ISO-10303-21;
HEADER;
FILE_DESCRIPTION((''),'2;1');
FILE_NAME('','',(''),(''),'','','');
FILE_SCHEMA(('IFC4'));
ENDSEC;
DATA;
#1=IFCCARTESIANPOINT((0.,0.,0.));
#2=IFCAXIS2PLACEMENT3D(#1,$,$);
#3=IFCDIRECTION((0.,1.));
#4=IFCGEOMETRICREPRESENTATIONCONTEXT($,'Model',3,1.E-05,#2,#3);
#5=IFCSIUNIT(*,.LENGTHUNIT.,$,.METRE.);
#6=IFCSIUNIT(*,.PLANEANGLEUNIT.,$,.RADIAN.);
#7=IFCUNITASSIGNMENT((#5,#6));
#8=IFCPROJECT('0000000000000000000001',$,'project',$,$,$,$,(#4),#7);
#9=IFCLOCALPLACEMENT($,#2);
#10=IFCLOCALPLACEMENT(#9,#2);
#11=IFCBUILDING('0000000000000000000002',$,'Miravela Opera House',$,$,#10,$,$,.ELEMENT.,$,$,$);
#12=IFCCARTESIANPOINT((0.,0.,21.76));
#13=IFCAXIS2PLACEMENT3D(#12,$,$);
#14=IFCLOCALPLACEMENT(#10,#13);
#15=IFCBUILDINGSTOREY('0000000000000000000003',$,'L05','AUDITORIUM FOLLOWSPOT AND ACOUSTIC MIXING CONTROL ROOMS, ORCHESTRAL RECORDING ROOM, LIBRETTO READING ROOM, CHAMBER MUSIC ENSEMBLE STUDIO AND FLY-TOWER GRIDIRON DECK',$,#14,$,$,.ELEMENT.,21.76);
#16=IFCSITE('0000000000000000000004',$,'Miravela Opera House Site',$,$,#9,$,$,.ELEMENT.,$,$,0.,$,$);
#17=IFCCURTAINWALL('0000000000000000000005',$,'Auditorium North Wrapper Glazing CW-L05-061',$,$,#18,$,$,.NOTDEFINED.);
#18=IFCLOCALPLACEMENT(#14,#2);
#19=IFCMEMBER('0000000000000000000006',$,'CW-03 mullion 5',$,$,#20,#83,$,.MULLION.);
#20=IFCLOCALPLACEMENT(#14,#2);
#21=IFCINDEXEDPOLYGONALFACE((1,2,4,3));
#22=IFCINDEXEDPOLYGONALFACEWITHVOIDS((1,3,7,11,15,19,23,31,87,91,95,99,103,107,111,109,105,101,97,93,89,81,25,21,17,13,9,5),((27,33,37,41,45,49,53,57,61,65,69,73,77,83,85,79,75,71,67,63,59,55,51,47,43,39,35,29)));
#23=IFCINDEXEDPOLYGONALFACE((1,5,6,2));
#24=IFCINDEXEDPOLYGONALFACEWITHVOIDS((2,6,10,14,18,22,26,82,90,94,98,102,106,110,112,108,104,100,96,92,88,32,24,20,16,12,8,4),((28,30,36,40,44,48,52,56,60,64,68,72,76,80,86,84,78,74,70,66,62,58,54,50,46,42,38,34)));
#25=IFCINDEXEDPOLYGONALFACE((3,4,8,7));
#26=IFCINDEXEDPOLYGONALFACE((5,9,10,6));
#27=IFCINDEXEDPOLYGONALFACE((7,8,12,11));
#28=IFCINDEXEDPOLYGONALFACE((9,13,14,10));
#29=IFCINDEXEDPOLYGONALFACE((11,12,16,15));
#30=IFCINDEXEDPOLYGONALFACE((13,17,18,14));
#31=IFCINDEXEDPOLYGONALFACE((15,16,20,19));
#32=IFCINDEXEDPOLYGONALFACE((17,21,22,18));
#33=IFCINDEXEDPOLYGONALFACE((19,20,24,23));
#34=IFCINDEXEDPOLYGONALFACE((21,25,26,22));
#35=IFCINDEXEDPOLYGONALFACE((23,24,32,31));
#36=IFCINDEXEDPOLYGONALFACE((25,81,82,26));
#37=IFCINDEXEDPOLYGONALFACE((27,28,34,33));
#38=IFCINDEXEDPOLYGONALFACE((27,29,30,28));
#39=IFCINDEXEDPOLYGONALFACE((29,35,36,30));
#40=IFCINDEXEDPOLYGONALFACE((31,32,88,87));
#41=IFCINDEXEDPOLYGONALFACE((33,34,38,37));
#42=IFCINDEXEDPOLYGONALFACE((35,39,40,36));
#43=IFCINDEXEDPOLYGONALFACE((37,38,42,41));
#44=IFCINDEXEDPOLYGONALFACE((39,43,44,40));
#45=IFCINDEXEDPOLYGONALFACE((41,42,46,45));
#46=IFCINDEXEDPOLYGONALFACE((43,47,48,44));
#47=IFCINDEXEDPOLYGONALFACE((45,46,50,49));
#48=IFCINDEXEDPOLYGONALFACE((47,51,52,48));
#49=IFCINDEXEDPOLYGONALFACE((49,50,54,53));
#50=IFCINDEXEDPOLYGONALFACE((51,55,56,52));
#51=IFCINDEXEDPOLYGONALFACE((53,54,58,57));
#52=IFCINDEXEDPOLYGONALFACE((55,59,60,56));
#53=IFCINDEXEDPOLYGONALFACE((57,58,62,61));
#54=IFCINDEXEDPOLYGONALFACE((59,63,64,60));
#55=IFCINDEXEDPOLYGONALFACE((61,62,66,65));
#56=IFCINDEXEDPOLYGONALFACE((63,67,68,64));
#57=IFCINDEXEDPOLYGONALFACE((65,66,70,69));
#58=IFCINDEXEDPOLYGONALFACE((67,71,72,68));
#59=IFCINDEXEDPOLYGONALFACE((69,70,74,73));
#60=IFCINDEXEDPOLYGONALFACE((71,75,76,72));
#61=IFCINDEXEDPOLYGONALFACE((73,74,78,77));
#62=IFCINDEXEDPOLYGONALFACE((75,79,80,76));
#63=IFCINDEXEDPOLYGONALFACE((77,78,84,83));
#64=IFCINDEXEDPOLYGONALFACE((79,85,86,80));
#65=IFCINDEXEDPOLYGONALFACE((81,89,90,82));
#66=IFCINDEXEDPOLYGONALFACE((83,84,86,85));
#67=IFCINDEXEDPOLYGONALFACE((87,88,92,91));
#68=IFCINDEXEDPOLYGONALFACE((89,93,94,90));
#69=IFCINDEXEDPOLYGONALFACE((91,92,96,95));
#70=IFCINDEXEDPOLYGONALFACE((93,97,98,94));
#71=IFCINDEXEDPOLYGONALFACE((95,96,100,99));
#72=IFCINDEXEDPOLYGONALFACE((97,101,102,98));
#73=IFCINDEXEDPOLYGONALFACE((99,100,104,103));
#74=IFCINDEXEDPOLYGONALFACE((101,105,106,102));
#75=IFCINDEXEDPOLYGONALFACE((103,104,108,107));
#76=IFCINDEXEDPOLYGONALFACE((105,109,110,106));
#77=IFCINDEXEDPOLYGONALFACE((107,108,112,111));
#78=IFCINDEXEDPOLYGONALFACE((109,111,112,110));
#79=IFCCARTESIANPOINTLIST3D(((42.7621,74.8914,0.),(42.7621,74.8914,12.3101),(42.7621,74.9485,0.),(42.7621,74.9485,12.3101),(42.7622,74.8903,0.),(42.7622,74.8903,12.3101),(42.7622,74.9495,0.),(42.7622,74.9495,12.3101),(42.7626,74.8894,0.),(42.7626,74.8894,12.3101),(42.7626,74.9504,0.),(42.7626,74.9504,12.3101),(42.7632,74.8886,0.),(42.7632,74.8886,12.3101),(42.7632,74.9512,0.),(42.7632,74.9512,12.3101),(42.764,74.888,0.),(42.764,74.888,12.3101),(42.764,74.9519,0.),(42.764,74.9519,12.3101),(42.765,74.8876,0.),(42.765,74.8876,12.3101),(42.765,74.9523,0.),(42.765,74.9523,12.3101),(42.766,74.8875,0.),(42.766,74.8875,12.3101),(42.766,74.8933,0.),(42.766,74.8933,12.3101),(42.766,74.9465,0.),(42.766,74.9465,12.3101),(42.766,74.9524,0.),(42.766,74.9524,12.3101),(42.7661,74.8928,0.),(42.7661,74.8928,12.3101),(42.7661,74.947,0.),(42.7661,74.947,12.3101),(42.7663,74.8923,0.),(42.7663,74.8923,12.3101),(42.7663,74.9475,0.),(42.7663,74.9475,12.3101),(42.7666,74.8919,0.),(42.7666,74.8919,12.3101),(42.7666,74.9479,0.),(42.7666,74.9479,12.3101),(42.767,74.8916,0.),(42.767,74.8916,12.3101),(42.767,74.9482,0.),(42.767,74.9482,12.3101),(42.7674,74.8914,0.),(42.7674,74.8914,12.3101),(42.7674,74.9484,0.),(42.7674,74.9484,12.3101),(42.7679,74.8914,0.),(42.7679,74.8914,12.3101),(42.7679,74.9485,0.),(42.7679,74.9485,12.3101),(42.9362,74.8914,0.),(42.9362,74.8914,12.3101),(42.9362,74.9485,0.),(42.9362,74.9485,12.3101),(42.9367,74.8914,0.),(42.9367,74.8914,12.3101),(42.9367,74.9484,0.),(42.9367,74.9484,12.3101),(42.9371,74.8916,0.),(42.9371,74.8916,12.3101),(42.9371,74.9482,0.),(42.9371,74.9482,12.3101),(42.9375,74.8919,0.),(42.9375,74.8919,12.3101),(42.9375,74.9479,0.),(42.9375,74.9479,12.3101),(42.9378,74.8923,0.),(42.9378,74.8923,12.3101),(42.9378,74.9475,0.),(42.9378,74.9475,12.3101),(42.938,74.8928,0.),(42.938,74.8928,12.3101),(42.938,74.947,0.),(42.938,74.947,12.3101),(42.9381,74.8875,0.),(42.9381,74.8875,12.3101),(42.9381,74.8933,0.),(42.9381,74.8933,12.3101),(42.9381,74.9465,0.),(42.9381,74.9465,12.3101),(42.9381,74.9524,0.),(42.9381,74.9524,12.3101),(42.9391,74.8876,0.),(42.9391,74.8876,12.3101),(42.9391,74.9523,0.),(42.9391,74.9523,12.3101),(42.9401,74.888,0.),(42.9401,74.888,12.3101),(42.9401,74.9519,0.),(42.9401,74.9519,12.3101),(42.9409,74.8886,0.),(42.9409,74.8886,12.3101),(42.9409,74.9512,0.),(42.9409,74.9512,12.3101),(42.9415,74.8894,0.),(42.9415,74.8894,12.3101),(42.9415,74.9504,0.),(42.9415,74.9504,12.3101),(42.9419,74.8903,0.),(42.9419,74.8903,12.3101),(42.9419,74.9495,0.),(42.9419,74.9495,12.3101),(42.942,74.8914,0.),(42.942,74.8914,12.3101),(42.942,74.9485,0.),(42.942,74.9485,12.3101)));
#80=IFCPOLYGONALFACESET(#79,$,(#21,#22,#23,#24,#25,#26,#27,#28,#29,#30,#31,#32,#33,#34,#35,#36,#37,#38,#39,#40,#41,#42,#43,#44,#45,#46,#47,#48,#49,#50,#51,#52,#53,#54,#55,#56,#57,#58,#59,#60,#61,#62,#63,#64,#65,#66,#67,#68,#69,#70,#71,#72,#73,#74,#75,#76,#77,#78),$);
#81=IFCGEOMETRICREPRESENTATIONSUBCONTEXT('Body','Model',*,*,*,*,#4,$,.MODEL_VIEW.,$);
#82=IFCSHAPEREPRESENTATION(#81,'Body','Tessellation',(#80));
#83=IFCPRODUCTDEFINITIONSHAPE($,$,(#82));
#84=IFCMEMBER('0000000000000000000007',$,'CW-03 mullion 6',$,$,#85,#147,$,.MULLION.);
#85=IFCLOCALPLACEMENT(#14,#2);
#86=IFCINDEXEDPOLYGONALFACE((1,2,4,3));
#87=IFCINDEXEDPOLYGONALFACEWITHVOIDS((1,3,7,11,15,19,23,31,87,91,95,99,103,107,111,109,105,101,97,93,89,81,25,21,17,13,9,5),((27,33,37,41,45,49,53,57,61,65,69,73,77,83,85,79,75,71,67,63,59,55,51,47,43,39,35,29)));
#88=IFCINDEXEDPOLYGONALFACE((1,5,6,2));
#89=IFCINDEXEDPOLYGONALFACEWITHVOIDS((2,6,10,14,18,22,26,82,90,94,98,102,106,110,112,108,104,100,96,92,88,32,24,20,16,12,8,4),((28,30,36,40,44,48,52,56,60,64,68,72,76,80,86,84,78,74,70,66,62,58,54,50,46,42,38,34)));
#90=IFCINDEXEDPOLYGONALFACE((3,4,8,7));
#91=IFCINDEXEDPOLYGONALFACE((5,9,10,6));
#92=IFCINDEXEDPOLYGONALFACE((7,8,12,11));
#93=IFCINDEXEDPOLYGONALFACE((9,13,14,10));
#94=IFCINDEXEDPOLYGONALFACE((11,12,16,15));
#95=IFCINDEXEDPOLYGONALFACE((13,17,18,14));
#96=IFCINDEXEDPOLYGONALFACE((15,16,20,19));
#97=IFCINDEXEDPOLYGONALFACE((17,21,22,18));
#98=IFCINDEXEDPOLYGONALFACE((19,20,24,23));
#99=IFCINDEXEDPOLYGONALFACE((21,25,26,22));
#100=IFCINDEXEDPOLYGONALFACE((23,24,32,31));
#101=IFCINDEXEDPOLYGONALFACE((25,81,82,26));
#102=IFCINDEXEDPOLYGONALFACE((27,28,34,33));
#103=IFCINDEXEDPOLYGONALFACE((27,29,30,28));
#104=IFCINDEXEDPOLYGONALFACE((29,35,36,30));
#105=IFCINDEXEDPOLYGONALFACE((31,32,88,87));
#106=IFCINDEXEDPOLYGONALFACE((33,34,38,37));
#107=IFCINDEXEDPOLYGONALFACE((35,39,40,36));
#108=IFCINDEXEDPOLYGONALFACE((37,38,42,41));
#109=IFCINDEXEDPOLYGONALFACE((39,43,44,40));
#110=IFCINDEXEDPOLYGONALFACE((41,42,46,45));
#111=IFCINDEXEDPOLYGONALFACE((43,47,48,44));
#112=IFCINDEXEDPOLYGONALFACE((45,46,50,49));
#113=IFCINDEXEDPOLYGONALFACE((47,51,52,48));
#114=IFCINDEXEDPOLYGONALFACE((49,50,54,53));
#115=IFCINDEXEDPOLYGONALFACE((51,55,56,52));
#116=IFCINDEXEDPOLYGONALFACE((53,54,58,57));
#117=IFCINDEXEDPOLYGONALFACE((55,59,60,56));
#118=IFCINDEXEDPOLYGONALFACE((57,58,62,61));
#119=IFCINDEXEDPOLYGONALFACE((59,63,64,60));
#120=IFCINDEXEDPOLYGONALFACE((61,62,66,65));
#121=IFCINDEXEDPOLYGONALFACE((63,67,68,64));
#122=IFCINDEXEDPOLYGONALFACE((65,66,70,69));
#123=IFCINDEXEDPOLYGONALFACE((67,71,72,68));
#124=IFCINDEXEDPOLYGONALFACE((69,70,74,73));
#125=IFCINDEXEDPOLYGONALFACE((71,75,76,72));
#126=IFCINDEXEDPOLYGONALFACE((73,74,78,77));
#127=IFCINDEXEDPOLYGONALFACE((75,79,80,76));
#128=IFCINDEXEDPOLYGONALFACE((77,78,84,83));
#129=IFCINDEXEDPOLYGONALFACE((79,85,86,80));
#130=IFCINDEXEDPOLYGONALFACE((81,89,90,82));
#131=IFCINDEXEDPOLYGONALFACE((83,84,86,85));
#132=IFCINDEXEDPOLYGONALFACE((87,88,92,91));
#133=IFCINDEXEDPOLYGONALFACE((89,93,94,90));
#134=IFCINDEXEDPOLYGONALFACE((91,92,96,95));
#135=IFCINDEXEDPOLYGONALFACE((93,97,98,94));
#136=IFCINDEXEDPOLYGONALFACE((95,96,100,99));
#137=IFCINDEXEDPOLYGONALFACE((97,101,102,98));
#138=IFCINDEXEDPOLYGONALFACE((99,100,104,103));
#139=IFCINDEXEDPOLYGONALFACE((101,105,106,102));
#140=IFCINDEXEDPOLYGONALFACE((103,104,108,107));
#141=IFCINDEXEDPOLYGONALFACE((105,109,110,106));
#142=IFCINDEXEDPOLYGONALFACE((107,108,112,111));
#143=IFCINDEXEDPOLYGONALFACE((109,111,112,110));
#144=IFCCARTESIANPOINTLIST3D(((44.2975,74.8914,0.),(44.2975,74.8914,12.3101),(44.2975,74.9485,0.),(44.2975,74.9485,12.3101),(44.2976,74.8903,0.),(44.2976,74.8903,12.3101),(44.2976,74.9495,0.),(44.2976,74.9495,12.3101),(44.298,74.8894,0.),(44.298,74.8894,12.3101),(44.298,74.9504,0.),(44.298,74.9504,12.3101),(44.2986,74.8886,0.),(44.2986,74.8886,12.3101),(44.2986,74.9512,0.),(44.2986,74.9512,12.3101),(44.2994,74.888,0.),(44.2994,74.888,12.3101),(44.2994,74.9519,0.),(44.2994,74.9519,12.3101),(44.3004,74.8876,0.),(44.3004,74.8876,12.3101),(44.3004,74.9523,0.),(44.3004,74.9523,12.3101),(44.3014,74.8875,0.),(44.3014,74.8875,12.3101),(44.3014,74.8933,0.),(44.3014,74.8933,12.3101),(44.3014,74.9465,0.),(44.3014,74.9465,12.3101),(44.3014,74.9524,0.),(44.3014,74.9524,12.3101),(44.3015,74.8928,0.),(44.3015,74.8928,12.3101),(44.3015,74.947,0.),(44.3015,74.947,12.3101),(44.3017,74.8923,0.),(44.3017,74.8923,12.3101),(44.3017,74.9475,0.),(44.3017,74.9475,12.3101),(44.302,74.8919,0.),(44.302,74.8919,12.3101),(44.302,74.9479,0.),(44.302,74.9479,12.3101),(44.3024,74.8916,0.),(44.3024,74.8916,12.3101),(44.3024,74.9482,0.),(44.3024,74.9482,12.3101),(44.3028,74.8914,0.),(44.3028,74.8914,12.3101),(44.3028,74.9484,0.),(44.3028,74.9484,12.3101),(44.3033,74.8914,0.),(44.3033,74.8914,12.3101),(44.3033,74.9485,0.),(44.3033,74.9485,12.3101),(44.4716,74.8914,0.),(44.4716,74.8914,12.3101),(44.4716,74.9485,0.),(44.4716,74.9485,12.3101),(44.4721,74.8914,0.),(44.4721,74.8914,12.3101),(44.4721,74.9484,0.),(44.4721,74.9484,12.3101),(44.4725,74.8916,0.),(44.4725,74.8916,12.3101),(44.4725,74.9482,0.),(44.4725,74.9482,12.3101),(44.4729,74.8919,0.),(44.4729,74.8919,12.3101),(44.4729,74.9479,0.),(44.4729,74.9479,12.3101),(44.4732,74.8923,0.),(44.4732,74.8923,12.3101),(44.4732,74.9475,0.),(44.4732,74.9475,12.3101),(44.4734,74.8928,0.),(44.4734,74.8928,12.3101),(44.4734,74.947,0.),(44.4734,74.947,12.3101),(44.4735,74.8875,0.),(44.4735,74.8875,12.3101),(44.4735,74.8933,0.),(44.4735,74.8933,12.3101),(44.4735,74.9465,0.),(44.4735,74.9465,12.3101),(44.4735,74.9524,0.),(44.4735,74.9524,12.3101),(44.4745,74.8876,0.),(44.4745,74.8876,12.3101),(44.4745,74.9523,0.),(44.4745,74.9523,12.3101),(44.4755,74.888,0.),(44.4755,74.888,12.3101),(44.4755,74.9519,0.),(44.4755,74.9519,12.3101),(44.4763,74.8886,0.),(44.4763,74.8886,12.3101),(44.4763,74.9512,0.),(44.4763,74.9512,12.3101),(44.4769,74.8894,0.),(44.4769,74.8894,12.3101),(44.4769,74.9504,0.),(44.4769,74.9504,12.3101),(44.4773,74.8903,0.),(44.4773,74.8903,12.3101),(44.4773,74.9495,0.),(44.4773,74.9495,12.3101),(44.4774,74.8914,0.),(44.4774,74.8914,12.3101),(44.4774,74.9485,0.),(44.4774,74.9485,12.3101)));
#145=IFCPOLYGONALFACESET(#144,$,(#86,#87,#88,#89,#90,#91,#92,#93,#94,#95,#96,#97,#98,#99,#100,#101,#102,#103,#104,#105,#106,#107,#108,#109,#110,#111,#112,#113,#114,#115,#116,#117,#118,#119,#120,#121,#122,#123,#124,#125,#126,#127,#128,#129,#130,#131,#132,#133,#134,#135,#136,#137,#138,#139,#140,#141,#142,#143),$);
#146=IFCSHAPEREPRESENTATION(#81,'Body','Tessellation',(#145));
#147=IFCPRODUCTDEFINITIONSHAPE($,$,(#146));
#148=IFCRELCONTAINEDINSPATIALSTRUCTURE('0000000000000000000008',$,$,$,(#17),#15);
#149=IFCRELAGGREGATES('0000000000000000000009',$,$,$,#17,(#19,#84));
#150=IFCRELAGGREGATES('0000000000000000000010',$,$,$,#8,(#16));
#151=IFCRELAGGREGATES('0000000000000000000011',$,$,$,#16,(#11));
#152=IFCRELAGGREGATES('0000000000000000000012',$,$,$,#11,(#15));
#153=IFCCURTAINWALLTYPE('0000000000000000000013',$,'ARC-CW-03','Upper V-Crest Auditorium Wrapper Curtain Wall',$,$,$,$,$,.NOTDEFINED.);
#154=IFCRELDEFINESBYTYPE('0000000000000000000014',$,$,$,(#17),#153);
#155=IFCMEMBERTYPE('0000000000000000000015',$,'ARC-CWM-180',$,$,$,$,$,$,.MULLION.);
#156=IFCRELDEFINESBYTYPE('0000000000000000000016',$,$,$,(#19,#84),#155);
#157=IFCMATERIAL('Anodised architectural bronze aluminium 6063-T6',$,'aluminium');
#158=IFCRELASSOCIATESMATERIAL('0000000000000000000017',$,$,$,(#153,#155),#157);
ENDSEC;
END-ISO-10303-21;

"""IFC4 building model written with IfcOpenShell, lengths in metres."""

from ifc_helpers import new_model, si_unit, direction, frame, origin, origin_2d, place, context, subcontext, project, spatial, hollow_rectangle, extrude, material, material_profile, profile_set, type_object, element, aggregate, save


model = new_model("IFC4")

# Units and contexts
model_context = context("Model", 3, precision=1e-05, world=origin(), true_north=direction((0.0, 1.0)))
body_context = subcontext(model_context, "Body", "Model", "MODEL_VIEW")
ifc_project = project(units=[si_unit("LENGTHUNIT", "METRE"), si_unit("PLANEANGLEUNIT", "RADIAN")], contexts=[model_context])

# Site, building, storey
site_placement = place(None, origin())
site = spatial("IfcSite", under=ifc_project, at=site_placement, Name="Miravela Opera House Site", CompositionType="ELEMENT", RefElevation=0.0)
building_placement = place(site_placement, origin())
building = spatial("IfcBuilding", under=site, at=building_placement, Name="Miravela Opera House", CompositionType="ELEMENT")
storey_placement = place(building_placement, frame((0.0, 0.0, 21.76)))
storey = spatial("IfcBuildingStorey", under=building, at=storey_placement, Name="L05", Description="AUDITORIUM FOLLOWSPOT AND ACOUSTIC MIXING CONTROL ROOMS, ORCHESTRAL RECORDING ROOM, LIBRETTO READING ROOM, CHAMBER MUSIC ENSEMBLE STUDIO AND FLY-TOWER GRIDIRON DECK", CompositionType="ELEMENT", Elevation=21.76)

# Curtain wall, members
ifc_material_1 = material(Name="Anodised architectural bronze aluminium 6063-T6", Category="aluminium")
curtain_wall_type = type_object("IfcCurtainWallType", Name="ARC-CW-03", Description="Upper V-Crest Auditorium Wrapper Curtain Wall", PredefinedType="NOTDEFINED", material=ifc_material_1)
curtain_wall_placement = place(storey_placement, origin())
curtain_wall = element("IfcCurtainWall", 1, at=curtain_wall_placement, inside=storey, type_object=curtain_wall_type, Name="Auditorium North Wrapper Glazing CW-L05-061", PredefinedType="NOTDEFINED")
ifc_material_profile_1 = material_profile(ifc_material_1, hollow_rectangle(XDim=0.0649, YDim=0.1799, WallThickness=0.0039, InnerFilletRadius=0.002, OuterFilletRadius=0.0039, at=origin_2d()), Name="CWM-65X180")
ifc_profile_set_1 = profile_set([ifc_material_profile_1])
member_type_1 = type_object("IfcMemberType", Name="ARC-CWM-180", PredefinedType="MULLION", material=ifc_profile_set_1)
member_1_placement = place(storey_placement, frame((42.8521, 74.9199, 0.0), z_axis=(0.0, 0.0, 1.0), x_axis=(0.0, 1.0, 0.0)))
member_1 = element("IfcMember", 2, at=member_1_placement, type_object=member_type_1, Name="CW-03 mullion 5", PredefinedType="MULLION", context=body_context, shape_type="SweptSolid", body=[
    extrude(hollow_rectangle(XDim=0.0649, YDim=0.1799, WallThickness=0.0039, InnerFilletRadius=0.002, OuterFilletRadius=0.0039, at=origin_2d()), origin(), (0.0, 0.0, 1.0), 12.3101),
])
member_2_placement = place(storey_placement, frame((44.3875, 74.9199, 0.0), z_axis=(0.0, 0.0, 1.0), x_axis=(0.0, 1.0, 0.0)))
member_2 = element("IfcMember", 3, at=member_2_placement, type_object=member_type_1, Name="CW-03 mullion 6", PredefinedType="MULLION", context=body_context, shape_type="SweptSolid", body=[
    extrude(hollow_rectangle(XDim=0.0649, YDim=0.1799, WallThickness=0.0039, InnerFilletRadius=0.002, OuterFilletRadius=0.0039, at=origin_2d()), origin(), (0.0, 0.0, 1.0), 12.3101),
])

aggregate(curtain_wall, [member_1, member_2])

save(model, "model.ifc")
